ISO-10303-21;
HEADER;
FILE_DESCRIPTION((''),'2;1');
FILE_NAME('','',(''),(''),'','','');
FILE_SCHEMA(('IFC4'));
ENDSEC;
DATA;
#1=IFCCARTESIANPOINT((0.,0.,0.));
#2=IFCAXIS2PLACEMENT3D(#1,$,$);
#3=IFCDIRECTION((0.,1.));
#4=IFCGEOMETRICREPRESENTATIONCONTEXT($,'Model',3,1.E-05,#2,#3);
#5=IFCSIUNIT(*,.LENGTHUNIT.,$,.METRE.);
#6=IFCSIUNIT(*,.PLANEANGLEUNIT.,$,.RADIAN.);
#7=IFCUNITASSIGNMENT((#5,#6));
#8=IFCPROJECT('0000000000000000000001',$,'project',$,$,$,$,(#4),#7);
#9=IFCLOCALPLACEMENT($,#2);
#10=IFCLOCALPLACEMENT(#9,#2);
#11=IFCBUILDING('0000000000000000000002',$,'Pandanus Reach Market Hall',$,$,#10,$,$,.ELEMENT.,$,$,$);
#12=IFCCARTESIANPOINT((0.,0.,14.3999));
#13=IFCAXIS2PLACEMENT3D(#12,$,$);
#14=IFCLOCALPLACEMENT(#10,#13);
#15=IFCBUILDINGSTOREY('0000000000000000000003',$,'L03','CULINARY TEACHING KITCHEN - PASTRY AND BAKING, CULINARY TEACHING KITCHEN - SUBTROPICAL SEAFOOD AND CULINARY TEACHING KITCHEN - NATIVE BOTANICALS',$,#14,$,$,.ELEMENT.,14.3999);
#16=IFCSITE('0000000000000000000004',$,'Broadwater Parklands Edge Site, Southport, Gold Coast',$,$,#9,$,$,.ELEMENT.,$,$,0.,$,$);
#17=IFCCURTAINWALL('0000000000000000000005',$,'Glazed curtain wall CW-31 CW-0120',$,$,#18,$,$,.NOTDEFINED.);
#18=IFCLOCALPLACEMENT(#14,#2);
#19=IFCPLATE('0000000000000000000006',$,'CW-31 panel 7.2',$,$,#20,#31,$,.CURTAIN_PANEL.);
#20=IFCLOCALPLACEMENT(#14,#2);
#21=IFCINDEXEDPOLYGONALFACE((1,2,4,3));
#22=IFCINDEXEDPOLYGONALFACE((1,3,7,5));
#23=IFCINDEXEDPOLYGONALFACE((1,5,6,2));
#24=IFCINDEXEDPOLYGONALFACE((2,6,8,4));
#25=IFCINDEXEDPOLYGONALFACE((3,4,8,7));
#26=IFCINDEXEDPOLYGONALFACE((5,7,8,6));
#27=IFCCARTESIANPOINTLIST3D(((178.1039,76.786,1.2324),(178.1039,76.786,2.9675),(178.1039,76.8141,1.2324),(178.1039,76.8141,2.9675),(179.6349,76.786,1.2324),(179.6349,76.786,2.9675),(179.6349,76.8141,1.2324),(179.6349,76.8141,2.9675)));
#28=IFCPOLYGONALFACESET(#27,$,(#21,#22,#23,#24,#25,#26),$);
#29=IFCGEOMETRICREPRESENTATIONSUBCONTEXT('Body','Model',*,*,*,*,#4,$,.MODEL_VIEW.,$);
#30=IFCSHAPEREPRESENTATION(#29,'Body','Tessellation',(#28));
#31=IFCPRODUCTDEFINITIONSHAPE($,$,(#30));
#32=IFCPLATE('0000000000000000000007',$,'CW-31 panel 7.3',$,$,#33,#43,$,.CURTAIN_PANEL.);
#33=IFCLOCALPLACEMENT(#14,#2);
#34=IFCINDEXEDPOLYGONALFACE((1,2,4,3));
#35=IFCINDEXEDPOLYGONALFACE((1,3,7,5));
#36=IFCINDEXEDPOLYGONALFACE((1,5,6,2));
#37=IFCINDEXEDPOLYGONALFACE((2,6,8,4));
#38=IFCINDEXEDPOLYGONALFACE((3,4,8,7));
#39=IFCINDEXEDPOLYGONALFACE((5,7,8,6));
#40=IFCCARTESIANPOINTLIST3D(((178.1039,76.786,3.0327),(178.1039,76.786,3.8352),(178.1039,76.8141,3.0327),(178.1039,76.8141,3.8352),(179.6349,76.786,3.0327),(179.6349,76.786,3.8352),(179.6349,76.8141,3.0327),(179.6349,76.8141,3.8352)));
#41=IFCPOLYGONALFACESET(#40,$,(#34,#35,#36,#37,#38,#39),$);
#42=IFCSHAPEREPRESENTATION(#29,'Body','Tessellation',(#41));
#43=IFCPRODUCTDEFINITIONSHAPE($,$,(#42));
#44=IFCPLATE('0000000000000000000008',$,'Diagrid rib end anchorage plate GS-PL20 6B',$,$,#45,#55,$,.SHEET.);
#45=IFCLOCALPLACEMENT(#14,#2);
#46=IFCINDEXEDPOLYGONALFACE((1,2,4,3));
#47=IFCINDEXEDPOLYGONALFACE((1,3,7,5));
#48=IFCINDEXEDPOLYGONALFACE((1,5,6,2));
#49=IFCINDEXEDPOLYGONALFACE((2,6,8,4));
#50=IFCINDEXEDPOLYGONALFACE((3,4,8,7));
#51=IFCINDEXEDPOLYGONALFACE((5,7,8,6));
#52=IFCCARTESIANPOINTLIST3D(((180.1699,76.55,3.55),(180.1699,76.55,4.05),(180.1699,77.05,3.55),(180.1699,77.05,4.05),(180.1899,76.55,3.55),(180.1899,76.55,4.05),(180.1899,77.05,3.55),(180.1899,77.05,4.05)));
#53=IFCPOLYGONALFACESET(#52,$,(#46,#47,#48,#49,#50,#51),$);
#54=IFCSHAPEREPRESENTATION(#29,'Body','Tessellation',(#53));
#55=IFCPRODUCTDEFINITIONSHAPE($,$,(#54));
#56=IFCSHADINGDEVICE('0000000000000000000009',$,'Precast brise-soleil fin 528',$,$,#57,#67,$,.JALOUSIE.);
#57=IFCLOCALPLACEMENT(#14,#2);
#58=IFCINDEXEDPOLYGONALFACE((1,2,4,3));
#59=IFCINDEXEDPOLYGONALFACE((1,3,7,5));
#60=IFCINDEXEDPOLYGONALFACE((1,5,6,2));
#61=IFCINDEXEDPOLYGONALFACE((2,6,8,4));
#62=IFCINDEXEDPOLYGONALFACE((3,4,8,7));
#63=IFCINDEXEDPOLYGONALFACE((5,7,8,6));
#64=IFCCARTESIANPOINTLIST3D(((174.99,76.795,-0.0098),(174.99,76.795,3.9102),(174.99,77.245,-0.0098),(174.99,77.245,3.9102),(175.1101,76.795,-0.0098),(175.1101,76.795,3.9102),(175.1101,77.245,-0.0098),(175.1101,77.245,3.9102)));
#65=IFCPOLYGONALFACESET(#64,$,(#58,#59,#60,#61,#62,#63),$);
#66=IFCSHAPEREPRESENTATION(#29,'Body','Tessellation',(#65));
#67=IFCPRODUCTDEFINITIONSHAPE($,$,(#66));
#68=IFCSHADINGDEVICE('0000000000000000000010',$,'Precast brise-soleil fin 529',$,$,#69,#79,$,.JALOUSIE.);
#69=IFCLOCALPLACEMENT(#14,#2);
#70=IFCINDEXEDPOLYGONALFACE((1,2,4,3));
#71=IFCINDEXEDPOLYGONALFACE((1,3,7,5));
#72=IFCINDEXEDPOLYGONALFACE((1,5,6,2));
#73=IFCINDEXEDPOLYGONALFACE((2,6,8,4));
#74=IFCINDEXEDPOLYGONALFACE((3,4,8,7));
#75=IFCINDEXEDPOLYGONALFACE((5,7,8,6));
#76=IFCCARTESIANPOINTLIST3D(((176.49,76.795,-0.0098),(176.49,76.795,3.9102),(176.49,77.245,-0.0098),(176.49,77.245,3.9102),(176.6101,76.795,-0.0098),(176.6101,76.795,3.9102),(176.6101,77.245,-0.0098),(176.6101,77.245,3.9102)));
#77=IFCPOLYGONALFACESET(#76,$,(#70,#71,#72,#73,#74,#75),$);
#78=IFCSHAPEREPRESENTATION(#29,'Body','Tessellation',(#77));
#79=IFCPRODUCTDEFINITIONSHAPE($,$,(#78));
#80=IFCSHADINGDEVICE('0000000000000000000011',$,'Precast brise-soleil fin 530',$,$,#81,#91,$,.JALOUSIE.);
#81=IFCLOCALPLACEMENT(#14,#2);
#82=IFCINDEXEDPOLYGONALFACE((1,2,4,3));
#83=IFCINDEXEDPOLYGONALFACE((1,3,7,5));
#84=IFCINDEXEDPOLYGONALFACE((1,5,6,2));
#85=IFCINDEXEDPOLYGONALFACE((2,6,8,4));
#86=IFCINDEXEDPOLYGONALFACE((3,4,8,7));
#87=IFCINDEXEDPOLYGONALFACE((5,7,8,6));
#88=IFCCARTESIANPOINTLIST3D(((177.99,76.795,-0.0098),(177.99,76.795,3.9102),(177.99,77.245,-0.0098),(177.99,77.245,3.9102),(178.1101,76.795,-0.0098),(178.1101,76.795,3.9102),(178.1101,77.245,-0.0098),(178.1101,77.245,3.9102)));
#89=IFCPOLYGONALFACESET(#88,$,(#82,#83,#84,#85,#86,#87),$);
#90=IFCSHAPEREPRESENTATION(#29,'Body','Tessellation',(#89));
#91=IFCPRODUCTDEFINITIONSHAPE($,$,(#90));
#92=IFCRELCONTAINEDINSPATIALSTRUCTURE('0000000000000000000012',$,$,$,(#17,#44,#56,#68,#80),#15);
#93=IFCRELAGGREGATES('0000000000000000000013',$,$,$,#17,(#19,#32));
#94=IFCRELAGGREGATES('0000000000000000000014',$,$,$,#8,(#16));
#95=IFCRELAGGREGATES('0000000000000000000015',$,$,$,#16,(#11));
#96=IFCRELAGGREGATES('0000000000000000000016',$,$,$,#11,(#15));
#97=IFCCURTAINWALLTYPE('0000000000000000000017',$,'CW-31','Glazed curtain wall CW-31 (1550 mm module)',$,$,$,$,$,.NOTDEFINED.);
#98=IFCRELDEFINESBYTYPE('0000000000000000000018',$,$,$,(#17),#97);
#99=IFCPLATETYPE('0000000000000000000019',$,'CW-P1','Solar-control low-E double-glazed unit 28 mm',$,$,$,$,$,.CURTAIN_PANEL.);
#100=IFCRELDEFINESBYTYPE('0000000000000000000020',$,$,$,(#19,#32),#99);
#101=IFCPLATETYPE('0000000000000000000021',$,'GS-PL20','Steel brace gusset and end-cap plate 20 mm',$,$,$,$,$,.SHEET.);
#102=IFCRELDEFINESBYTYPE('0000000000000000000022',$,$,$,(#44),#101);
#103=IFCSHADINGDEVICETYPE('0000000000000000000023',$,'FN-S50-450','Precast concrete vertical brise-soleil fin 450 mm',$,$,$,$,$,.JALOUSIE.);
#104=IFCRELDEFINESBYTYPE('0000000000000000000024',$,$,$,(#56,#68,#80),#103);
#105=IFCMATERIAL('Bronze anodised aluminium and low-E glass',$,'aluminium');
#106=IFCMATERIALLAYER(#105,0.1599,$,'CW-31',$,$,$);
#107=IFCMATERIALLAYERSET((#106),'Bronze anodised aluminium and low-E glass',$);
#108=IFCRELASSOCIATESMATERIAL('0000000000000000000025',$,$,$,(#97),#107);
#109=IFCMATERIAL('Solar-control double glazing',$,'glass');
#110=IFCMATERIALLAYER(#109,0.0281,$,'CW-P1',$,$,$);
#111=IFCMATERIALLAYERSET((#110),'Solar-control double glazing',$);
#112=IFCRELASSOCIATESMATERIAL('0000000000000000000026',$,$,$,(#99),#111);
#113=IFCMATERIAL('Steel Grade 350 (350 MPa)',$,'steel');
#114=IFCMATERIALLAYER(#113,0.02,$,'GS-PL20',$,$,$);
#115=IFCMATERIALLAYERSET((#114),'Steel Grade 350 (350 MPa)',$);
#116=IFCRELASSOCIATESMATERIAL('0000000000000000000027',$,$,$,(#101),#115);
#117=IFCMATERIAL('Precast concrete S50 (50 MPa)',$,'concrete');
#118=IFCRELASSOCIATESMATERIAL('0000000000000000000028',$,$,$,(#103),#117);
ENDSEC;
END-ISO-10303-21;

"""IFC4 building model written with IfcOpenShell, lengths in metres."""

from ifc_helpers import new_model, si_unit, direction, frame, origin, origin_2d, place, context, subcontext, project, spatial, rectangle, extrude, material, layer, layer_set, type_object, element, aggregate, save


model = new_model("IFC4")

# Units and contexts
model_context = context("Model", 3, precision=1e-05, world=origin(), true_north=direction((0.0, 1.0)))
body_context = subcontext(model_context, "Body", "Model", "MODEL_VIEW")
ifc_project = project(units=[si_unit("LENGTHUNIT", "METRE"), si_unit("PLANEANGLEUNIT", "RADIAN")], contexts=[model_context])

# Site, building, storey
site_placement = place(None, origin())
site = spatial("IfcSite", under=ifc_project, at=site_placement, Name="Broadwater Parklands Edge Site, Southport, Gold Coast", CompositionType="ELEMENT", RefElevation=0.0)
building_placement = place(site_placement, origin())
building = spatial("IfcBuilding", under=site, at=building_placement, Name="Pandanus Reach Market Hall", CompositionType="ELEMENT")
storey_placement = place(building_placement, frame((0.0, 0.0, 14.3999)))
storey = spatial("IfcBuildingStorey", under=building, at=storey_placement, Name="L03", Description="CULINARY TEACHING KITCHEN - PASTRY AND BAKING, CULINARY TEACHING KITCHEN - SUBTROPICAL SEAFOOD AND CULINARY TEACHING KITCHEN - NATIVE BOTANICALS", CompositionType="ELEMENT", Elevation=14.3999)

# Curtain wall, plates
ifc_material_1 = material(Name="Bronze anodised aluminium and low-E glass", Category="aluminium")
ifc_layer_1 = layer(ifc_material_1, 0.1599, Name="CW-31")
ifc_layer_set_1 = layer_set([ifc_layer_1], Name="Bronze anodised aluminium and low-E glass")
curtain_wall_type = type_object("IfcCurtainWallType", Name="CW-31", Description="Glazed curtain wall CW-31 (1550 mm module)", PredefinedType="NOTDEFINED", material=ifc_layer_set_1)
curtain_wall_placement = place(storey_placement, origin())
curtain_wall = element("IfcCurtainWall", 1, at=curtain_wall_placement, inside=storey, type_object=curtain_wall_type, Name="Glazed curtain wall CW-31 CW-0120", PredefinedType="NOTDEFINED")
ifc_material_2 = material(Name="Solar-control double glazing", Category="glass")
ifc_layer_2 = layer(ifc_material_2, 0.0281, Name="CW-P1")
ifc_layer_set_2 = layer_set([ifc_layer_2], Name="Solar-control double glazing")
plate_type_1 = type_object("IfcPlateType", Name="CW-P1", Description="Solar-control low-E double-glazed unit 28 mm", PredefinedType="CURTAIN_PANEL", material=ifc_layer_set_2)
plate_1_placement = place(storey_placement, frame((178.8694, 76.8, 1.2324), z_axis=(0.0, 0.0, 1.0), x_axis=(1.0, 0.0, 0.0)))
plate_1 = element("IfcPlate", 2, at=plate_1_placement, type_object=plate_type_1, Name="CW-31 panel 7.2", PredefinedType="CURTAIN_PANEL", context=body_context, shape_type="SweptSolid", body=[
    extrude(rectangle(XDim=1.531, YDim=0.0281, at=origin_2d()), origin(), (0.0, 0.0, 1.0), 1.7351),
])
plate_2_placement = place(storey_placement, frame((178.8694, 76.8, 3.0327), z_axis=(0.0, 0.0, 1.0), x_axis=(1.0, 0.0, 0.0)))
plate_2 = element("IfcPlate", 3, at=plate_2_placement, type_object=plate_type_1, Name="CW-31 panel 7.3", PredefinedType="CURTAIN_PANEL", context=body_context, shape_type="SweptSolid", body=[
    extrude(rectangle(XDim=1.531, YDim=0.0281, at=origin_2d()), origin(), (0.0, 0.0, 1.0), 0.8025),
])
aggregate(curtain_wall, [plate_1, plate_2])

# Plate
ifc_material_3 = material(Name="Steel Grade 350 (350 MPa)", Category="steel")
ifc_layer_3 = layer(ifc_material_3, 0.02, Name="GS-PL20")
ifc_layer_set_3 = layer_set([ifc_layer_3], Name="Steel Grade 350 (350 MPa)")
plate_type_2 = type_object("IfcPlateType", Name="GS-PL20", Description="Steel brace gusset and end-cap plate 20 mm", PredefinedType="SHEET", material=ifc_layer_set_3)
plate_3_placement = place(storey_placement, frame((180.1799, 76.8, 3.55), z_axis=(0.0, 0.0, 1.0), x_axis=(1.0, 0.0, 0.0)))
element("IfcPlate", 4, at=plate_3_placement, inside=storey, type_object=plate_type_2, Name="Diagrid rib end anchorage plate GS-PL20 6B", PredefinedType="SHEET", context=body_context, shape_type="SweptSolid", body=[
    extrude(rectangle(XDim=0.02, YDim=0.5, at=origin_2d()), origin(), (0.0, 0.0, 1.0), 0.5),
])

# Shading devices
ifc_material_4 = material(Name="Precast concrete S50 (50 MPa)", Category="concrete")
shading_device_type = type_object("IfcShadingDeviceType", Name="FN-S50-450", Description="Precast concrete vertical brise-soleil fin 450 mm", PredefinedType="JALOUSIE", material=ifc_material_4)
for number, where, z_axis, x_axis, name in (
    (5, (175.05, 77.02, -0.0098), (0.0, 0.0, 1.0), (0.0, 1.0, 0.0), "Precast brise-soleil fin 528"),
    (6, (176.55, 77.02, -0.0098), (0.0, 0.0, 1.0), (0.0, 1.0, 0.0), "Precast brise-soleil fin 529"),
    (7, (178.05, 77.02, -0.0098), (0.0, 0.0, 1.0), (0.0, 1.0, 0.0), "Precast brise-soleil fin 530"),
):
    element("IfcShadingDevice", number, at=place(storey_placement, frame(where, z_axis=z_axis, x_axis=x_axis)), inside=storey, type_object=shading_device_type, Name=name, PredefinedType="JALOUSIE", context=body_context, shape_type="SweptSolid", body=[
        extrude(rectangle(XDim=0.45, YDim=0.1201, at=origin_2d()), origin(), (0.0, 0.0, 1.0), 3.9199),
    ])

save(model, "model.ifc")
